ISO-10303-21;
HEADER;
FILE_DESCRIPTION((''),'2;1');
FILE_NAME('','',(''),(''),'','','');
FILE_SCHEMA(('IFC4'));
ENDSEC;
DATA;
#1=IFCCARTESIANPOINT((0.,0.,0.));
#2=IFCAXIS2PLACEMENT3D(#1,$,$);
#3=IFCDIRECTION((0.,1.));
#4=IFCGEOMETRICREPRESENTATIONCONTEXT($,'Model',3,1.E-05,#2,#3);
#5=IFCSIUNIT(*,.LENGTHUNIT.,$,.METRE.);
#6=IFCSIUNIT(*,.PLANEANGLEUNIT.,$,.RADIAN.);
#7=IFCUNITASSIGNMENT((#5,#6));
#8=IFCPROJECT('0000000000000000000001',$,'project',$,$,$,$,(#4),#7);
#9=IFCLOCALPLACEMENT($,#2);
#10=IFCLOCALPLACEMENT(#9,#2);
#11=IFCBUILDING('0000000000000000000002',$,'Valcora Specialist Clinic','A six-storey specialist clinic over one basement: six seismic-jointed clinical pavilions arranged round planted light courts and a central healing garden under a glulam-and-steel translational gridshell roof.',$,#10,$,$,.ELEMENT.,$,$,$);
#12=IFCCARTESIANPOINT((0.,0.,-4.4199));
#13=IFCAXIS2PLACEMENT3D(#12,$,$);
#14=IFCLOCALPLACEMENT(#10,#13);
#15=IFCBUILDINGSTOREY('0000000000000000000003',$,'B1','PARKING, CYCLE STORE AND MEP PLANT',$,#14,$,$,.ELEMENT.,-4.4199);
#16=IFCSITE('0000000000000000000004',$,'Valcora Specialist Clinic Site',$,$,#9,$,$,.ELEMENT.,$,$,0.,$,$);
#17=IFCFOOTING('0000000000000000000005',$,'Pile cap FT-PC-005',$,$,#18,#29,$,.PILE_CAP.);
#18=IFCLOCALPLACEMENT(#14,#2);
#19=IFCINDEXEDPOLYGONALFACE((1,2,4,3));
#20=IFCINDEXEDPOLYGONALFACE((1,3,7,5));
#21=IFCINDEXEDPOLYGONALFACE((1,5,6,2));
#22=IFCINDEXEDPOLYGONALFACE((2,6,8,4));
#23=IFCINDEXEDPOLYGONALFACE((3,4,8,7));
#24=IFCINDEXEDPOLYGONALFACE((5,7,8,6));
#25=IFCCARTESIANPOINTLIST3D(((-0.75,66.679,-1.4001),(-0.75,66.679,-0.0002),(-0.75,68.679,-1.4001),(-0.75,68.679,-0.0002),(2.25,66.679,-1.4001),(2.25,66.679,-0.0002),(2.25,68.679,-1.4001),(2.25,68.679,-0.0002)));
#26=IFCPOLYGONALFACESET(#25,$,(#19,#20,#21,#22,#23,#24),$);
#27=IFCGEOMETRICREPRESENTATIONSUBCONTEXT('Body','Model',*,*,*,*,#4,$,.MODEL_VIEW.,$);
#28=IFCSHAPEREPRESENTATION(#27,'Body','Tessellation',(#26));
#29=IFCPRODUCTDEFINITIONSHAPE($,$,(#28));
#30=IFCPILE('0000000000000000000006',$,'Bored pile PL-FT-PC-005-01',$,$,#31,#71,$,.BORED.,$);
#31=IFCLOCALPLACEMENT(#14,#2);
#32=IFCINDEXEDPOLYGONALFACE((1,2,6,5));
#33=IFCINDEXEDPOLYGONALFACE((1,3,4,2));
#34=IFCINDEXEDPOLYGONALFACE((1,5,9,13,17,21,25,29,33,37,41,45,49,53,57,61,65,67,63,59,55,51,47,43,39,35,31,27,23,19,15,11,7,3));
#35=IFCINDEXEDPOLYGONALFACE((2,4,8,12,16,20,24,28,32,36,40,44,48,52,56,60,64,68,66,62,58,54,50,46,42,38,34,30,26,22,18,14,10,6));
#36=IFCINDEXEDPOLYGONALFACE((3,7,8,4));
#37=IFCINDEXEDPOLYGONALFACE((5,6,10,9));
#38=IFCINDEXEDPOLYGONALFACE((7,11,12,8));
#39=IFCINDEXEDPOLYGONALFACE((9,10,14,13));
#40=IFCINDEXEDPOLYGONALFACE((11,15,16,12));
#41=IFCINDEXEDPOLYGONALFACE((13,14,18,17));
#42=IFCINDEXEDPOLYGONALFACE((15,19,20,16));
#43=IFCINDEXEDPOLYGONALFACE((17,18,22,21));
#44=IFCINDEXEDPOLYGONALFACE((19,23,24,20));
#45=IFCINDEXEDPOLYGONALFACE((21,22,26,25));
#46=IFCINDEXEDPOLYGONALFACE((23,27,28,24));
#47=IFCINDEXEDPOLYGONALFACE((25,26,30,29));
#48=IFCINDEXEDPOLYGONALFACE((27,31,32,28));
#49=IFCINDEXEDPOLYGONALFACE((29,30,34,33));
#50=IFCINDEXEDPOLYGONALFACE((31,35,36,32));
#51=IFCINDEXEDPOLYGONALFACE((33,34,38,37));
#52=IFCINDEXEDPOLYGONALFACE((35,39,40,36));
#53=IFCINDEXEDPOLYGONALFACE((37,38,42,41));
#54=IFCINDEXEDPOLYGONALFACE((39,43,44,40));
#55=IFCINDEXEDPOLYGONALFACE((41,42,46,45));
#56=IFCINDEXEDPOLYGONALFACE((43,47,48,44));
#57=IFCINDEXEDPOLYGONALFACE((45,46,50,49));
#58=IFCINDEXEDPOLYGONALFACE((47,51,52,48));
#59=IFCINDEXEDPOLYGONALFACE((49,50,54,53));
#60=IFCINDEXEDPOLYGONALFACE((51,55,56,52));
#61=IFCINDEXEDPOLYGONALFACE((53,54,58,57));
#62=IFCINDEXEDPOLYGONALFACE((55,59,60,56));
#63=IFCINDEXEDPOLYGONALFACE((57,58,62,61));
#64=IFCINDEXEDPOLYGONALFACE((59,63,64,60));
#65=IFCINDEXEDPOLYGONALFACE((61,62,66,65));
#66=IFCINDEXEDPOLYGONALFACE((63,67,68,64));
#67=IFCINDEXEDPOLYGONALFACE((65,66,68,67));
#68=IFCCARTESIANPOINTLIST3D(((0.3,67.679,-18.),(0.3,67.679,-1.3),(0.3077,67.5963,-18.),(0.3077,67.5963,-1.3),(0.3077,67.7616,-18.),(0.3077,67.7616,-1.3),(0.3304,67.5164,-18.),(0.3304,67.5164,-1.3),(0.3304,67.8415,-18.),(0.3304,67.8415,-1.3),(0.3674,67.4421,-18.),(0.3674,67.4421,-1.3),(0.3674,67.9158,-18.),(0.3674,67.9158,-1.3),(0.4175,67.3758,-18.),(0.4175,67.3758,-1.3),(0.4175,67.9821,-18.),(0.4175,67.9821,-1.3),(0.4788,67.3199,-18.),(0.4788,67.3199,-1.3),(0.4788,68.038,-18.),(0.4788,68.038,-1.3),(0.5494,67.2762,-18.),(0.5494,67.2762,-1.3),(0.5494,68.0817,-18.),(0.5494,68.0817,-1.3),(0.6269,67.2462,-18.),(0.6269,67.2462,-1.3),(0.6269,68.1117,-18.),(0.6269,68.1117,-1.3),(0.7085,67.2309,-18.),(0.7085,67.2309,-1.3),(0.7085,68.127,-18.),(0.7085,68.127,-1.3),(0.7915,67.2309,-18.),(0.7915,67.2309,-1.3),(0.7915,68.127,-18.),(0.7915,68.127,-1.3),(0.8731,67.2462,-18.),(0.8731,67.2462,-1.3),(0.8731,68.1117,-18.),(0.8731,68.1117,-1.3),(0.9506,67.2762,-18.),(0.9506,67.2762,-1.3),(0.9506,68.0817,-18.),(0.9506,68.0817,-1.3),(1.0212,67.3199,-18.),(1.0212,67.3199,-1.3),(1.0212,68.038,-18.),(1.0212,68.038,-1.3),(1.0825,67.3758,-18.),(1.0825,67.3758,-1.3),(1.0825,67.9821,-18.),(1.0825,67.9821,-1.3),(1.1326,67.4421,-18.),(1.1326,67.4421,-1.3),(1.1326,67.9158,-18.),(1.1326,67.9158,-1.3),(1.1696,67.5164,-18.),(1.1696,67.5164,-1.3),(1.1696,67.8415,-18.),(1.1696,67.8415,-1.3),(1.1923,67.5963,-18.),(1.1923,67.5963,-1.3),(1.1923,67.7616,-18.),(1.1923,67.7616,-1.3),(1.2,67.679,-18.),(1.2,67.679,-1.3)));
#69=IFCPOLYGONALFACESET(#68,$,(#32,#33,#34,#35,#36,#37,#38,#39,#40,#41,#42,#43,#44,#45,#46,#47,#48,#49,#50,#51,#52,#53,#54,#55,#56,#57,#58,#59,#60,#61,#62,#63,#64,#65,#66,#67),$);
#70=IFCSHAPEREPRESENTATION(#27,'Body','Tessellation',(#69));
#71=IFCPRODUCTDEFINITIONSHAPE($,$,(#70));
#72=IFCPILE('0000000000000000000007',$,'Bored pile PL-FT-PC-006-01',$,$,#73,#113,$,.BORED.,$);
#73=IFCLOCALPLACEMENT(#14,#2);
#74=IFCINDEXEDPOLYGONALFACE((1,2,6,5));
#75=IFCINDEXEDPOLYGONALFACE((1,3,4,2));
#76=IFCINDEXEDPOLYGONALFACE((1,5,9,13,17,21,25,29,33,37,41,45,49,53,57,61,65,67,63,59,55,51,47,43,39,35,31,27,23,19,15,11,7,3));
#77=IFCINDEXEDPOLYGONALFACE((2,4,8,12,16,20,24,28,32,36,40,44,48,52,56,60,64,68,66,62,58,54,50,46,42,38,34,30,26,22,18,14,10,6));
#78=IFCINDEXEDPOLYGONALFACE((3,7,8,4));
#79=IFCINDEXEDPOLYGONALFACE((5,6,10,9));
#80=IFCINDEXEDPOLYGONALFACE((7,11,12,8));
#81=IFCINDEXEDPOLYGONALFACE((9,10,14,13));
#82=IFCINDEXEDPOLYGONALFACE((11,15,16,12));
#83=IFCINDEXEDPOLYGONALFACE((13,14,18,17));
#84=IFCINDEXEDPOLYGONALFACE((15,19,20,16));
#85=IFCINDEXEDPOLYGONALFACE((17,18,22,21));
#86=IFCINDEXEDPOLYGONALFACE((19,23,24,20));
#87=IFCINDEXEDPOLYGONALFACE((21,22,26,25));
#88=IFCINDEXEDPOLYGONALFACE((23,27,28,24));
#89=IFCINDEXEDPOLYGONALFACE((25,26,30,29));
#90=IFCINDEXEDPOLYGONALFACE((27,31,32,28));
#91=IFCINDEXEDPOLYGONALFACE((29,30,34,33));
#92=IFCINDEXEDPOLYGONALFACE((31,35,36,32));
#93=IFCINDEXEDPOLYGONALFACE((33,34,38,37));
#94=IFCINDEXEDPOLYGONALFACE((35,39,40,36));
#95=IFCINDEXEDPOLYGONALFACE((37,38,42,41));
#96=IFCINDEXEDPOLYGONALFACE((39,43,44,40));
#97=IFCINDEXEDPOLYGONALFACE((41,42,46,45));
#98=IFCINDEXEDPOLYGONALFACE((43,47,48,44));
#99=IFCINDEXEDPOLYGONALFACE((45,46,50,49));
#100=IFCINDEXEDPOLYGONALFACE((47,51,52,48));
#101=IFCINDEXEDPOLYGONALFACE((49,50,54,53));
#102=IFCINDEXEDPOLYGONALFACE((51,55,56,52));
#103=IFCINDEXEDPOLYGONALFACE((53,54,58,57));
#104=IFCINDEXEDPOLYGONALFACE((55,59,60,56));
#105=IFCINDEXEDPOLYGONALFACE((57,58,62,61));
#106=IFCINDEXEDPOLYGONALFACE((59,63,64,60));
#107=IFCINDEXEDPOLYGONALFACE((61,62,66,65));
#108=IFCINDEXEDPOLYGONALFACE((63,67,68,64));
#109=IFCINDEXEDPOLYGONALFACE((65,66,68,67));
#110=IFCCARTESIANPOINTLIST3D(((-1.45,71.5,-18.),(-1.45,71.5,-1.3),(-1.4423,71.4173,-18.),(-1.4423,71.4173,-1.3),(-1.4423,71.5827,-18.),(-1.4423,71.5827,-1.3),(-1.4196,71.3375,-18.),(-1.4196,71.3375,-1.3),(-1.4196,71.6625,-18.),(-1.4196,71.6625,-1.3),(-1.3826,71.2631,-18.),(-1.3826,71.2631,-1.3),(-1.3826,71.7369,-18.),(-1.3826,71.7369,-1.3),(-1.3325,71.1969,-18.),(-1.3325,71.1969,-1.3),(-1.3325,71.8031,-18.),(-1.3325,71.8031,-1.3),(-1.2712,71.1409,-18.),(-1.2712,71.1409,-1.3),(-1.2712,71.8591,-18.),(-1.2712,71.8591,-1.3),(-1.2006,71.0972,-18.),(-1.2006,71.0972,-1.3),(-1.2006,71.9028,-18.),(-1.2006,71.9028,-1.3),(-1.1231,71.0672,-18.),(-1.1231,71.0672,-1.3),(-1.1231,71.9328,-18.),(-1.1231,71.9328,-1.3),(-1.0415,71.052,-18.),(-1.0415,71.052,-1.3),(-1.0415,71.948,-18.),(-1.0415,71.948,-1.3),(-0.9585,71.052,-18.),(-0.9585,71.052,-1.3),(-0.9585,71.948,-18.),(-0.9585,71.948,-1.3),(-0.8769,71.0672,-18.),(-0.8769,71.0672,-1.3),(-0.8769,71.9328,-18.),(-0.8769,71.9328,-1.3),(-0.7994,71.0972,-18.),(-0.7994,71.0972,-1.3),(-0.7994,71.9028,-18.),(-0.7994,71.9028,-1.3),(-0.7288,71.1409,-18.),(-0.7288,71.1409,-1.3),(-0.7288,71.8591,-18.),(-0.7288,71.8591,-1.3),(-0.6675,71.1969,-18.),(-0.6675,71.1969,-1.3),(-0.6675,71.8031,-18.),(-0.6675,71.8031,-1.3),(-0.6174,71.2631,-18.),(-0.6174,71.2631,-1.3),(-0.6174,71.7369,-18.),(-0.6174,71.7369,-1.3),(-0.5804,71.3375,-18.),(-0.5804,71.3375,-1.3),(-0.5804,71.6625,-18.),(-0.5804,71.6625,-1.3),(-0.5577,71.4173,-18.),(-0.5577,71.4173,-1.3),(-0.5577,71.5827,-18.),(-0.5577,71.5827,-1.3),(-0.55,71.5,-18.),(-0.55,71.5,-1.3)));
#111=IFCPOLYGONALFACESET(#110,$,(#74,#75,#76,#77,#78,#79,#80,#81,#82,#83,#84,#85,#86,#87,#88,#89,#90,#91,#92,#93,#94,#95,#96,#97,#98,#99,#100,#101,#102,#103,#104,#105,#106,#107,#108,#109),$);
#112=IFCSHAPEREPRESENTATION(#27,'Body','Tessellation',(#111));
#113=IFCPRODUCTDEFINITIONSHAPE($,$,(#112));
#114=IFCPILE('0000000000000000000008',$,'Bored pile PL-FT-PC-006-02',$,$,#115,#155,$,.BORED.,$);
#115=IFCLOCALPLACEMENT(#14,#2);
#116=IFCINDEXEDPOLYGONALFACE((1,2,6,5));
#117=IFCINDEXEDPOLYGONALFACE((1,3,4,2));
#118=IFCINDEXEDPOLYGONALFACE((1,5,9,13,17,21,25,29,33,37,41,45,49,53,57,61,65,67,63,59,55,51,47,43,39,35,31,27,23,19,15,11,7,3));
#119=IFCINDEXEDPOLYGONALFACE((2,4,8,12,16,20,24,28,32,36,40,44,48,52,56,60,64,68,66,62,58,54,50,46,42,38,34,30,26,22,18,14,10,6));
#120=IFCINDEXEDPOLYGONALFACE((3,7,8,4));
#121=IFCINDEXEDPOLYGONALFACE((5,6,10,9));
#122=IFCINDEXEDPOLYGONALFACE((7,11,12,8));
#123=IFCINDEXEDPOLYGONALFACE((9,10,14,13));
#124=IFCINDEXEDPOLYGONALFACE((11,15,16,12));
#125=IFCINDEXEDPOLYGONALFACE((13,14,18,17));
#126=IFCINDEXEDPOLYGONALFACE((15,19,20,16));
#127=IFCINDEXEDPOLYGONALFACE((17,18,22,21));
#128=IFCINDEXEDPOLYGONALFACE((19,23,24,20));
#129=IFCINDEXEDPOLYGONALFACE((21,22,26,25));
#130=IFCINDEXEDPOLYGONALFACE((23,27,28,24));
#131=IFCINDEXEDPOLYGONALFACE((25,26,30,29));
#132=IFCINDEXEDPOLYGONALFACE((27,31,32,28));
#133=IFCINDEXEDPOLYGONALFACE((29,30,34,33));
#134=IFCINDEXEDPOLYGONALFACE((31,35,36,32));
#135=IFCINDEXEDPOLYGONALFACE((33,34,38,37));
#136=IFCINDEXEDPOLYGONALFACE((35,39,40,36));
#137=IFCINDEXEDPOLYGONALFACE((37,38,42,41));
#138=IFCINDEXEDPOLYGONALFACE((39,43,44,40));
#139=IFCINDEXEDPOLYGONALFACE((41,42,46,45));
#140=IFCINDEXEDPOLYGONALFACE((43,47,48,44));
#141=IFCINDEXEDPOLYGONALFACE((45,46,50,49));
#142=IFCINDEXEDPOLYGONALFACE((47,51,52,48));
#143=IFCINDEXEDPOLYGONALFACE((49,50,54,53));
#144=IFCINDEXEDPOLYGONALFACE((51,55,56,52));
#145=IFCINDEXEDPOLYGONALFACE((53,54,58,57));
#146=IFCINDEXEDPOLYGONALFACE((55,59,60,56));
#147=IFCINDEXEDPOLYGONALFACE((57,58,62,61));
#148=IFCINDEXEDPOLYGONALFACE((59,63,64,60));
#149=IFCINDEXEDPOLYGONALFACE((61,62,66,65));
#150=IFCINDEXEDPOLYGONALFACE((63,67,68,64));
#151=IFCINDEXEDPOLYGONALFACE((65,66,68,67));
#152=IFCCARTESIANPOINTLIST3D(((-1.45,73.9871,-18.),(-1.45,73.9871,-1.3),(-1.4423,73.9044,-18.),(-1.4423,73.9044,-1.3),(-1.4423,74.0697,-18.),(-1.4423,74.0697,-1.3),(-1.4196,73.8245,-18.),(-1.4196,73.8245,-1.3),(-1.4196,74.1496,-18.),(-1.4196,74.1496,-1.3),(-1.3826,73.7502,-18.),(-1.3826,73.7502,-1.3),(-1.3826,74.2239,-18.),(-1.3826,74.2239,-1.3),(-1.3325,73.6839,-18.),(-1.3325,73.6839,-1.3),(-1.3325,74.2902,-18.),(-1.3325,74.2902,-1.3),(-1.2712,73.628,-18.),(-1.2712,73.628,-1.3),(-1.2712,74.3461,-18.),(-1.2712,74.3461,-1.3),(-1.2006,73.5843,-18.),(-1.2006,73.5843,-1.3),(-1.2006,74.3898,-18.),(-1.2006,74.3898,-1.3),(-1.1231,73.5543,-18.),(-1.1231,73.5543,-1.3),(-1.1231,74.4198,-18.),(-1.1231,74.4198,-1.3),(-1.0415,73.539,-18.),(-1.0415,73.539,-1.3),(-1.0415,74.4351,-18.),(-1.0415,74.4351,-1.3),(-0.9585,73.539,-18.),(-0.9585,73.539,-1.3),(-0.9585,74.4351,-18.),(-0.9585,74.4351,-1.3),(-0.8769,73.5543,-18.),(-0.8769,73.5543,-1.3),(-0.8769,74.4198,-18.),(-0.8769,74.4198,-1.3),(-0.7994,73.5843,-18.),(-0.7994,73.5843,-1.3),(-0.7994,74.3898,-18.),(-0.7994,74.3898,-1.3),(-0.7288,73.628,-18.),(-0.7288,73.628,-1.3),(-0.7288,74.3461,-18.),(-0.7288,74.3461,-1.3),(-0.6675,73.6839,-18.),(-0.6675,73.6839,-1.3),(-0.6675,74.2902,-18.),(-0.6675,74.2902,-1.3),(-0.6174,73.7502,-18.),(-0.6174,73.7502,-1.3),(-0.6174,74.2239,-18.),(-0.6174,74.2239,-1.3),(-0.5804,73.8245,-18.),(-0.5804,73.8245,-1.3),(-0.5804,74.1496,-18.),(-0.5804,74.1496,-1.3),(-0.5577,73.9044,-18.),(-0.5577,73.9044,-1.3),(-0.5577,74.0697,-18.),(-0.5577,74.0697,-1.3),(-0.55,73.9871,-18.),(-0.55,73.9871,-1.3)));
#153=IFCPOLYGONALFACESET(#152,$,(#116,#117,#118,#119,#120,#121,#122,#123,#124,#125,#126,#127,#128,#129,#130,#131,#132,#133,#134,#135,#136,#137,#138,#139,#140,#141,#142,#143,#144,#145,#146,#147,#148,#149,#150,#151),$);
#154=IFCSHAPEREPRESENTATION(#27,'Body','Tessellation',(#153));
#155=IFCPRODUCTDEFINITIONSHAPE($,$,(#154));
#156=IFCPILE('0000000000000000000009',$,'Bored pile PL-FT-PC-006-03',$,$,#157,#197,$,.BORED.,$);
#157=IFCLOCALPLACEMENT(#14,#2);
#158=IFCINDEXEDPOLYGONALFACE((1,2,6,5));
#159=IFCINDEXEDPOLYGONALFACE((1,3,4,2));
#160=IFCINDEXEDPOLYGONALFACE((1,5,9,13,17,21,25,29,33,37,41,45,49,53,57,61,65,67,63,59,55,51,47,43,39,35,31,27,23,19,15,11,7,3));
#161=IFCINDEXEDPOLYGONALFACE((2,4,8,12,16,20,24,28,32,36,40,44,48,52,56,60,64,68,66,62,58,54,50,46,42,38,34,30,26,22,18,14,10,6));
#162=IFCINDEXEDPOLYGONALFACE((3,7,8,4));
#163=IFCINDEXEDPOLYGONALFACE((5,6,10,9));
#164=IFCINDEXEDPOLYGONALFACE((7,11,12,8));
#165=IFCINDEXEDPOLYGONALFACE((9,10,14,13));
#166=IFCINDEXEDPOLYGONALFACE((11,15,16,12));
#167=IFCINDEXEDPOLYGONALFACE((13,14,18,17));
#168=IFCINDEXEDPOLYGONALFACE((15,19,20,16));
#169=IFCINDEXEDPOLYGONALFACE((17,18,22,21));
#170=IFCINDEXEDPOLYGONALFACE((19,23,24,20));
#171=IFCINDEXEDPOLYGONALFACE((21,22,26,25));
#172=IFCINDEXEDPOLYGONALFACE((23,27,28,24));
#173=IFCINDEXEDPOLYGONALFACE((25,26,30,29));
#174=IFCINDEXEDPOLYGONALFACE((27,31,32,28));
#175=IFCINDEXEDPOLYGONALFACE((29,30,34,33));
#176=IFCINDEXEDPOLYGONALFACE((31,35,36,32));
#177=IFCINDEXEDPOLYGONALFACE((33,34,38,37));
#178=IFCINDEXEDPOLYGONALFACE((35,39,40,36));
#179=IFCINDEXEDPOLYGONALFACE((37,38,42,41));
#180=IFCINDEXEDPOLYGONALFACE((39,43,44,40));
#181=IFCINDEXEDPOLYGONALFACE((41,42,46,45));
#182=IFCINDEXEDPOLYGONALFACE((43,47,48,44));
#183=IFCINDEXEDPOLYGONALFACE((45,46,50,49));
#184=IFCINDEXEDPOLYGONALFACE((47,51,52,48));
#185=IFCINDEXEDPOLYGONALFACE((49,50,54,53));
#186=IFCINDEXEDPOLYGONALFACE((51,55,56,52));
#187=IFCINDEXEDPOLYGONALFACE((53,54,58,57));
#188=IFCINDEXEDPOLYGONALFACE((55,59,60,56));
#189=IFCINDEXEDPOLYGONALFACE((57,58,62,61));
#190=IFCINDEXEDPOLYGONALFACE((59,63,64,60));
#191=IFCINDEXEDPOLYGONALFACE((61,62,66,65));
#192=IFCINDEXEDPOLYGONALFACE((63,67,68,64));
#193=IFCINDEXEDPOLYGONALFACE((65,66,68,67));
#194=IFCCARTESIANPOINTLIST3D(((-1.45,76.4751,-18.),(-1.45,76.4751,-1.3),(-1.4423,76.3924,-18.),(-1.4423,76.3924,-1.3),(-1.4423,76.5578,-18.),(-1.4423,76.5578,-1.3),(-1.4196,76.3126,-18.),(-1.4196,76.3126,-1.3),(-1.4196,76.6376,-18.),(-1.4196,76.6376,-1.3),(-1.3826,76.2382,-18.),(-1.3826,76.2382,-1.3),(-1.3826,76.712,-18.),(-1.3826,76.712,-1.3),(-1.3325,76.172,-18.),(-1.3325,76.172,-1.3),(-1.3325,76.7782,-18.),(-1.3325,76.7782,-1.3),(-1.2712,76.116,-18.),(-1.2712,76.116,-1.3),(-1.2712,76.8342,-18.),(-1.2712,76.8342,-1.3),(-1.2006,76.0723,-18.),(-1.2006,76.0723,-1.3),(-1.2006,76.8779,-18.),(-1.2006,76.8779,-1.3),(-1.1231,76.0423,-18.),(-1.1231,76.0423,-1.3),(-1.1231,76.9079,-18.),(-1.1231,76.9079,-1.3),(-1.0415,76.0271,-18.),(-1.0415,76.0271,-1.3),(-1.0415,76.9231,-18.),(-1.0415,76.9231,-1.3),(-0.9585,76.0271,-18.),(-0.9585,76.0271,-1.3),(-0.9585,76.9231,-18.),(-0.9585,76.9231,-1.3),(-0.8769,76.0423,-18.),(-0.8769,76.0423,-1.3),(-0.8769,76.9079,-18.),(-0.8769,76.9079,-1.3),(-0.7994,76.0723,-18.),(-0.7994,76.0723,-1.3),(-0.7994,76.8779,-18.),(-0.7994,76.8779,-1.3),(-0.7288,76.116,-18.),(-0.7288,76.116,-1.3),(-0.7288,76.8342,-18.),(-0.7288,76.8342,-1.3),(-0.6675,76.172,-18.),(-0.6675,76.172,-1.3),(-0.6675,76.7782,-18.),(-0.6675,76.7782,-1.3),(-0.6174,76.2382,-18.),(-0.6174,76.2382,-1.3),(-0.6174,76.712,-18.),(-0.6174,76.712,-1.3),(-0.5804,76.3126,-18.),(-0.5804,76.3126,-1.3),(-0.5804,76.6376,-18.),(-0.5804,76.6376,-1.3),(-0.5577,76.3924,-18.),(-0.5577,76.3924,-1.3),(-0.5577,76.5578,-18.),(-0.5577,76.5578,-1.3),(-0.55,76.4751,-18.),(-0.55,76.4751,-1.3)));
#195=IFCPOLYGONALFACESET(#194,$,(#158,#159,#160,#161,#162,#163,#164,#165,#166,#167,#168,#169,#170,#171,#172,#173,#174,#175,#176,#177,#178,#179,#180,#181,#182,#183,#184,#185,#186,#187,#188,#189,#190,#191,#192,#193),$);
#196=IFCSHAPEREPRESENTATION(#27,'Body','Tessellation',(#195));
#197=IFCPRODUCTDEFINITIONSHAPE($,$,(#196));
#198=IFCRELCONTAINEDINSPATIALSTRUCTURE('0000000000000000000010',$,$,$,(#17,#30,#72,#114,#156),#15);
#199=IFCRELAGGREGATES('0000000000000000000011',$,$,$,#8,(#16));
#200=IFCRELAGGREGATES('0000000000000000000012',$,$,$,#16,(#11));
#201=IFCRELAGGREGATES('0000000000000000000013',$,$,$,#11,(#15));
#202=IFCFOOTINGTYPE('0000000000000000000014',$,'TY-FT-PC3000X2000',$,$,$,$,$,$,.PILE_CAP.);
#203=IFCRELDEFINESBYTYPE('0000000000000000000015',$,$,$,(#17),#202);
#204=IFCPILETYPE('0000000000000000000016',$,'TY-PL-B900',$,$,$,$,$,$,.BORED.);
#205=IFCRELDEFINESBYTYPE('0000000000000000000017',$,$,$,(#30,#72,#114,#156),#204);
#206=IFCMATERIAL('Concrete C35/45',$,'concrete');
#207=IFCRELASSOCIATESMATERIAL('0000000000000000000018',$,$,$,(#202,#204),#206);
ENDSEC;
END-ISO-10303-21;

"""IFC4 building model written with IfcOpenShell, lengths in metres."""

from ifc_helpers import new_model, si_unit, direction, frame, origin, origin_2d, place, context, subcontext, project, spatial, rectangle, circle, extrude, material, material_profile, profile_set, type_object, element, save


model = new_model("IFC4")

# Units and contexts
model_context = context("Model", 3, precision=1e-05, world=origin(), true_north=direction((0.0, 1.0)))
body_context = subcontext(model_context, "Body", "Model", "MODEL_VIEW")
ifc_project = project(units=[si_unit("LENGTHUNIT", "METRE"), si_unit("PLANEANGLEUNIT", "RADIAN")], contexts=[model_context])

# Site, building, storey
site_placement = place(None, origin())
site = spatial("IfcSite", under=ifc_project, at=site_placement, Name="Valcora Specialist Clinic Site", CompositionType="ELEMENT", RefElevation=0.0)
building_placement = place(site_placement, origin())
building = spatial("IfcBuilding", under=site, at=building_placement, Name="Valcora Specialist Clinic", Description="A six-storey specialist clinic over one basement: six seismic-jointed clinical pavilions arranged round planted light courts and a central healing garden under a glulam-and-steel translational gridshell roof.", CompositionType="ELEMENT")
storey_placement = place(building_placement, frame((0.0, 0.0, -4.4199)))
storey = spatial("IfcBuildingStorey", under=building, at=storey_placement, Name="B1", Description="PARKING, CYCLE STORE AND MEP PLANT", CompositionType="ELEMENT", Elevation=-4.4199)

# Footing
ifc_material_1 = material(Name="Concrete C35/45", Category="concrete")
footing_type = type_object("IfcFootingType", Name="TY-FT-PC3000X2000", PredefinedType="PILE_CAP", material=ifc_material_1)
footing_placement = place(storey_placement, frame((0.75, 67.679, -1.4001), z_axis=(0.0, 0.0, 1.0), x_axis=(1.0, 0.0, 0.0)))
element("IfcFooting", 1, at=footing_placement, inside=storey, type_object=footing_type, Name="Pile cap FT-PC-005", PredefinedType="PILE_CAP", context=body_context, shape_type="SweptSolid", body=[
    extrude(rectangle(XDim=3.0, YDim=2.0, at=origin_2d()), origin(), (0.0, 0.0, 1.0), 1.3999),
])

# Piles
ifc_material_profile_1 = material_profile(ifc_material_1, circle(Radius=0.45, at=origin_2d()), Name="RC-PIL-D900")
ifc_profile_set_1 = profile_set([ifc_material_profile_1], Name="Concrete C35/45")
pile_type = type_object("IfcPileType", Name="TY-PL-B900", PredefinedType="BORED", material=ifc_profile_set_1)
for number, where, z_axis, x_axis, name in (
    (2, (0.75, 67.679, -1.3), (0.0, 0.0, -1.0), (1.0, 0.0, 0.0), "Bored pile PL-FT-PC-005-01"),
    (3, (-1.0, 71.5, -1.3), (0.0, 0.0, -1.0), (1.0, 0.0, 0.0), "Bored pile PL-FT-PC-006-01"),
    (4, (-1.0, 73.9871, -1.3), (0.0, 0.0, -1.0), (1.0, 0.0, 0.0), "Bored pile PL-FT-PC-006-02"),
    (5, (-1.0, 76.4751, -1.3), (0.0, 0.0, -1.0), (1.0, 0.0, 0.0), "Bored pile PL-FT-PC-006-03"),
):
    element("IfcPile", number, at=place(storey_placement, frame(where, z_axis=z_axis, x_axis=x_axis)), inside=storey, type_object=pile_type, Name=name, PredefinedType="BORED", context=body_context, shape_type="SweptSolid", body=[
        extrude(circle(Radius=0.45, at=origin_2d()), origin(), (0.0, 0.0, 1.0), 16.7),
    ])

save(model, "model.ifc")
